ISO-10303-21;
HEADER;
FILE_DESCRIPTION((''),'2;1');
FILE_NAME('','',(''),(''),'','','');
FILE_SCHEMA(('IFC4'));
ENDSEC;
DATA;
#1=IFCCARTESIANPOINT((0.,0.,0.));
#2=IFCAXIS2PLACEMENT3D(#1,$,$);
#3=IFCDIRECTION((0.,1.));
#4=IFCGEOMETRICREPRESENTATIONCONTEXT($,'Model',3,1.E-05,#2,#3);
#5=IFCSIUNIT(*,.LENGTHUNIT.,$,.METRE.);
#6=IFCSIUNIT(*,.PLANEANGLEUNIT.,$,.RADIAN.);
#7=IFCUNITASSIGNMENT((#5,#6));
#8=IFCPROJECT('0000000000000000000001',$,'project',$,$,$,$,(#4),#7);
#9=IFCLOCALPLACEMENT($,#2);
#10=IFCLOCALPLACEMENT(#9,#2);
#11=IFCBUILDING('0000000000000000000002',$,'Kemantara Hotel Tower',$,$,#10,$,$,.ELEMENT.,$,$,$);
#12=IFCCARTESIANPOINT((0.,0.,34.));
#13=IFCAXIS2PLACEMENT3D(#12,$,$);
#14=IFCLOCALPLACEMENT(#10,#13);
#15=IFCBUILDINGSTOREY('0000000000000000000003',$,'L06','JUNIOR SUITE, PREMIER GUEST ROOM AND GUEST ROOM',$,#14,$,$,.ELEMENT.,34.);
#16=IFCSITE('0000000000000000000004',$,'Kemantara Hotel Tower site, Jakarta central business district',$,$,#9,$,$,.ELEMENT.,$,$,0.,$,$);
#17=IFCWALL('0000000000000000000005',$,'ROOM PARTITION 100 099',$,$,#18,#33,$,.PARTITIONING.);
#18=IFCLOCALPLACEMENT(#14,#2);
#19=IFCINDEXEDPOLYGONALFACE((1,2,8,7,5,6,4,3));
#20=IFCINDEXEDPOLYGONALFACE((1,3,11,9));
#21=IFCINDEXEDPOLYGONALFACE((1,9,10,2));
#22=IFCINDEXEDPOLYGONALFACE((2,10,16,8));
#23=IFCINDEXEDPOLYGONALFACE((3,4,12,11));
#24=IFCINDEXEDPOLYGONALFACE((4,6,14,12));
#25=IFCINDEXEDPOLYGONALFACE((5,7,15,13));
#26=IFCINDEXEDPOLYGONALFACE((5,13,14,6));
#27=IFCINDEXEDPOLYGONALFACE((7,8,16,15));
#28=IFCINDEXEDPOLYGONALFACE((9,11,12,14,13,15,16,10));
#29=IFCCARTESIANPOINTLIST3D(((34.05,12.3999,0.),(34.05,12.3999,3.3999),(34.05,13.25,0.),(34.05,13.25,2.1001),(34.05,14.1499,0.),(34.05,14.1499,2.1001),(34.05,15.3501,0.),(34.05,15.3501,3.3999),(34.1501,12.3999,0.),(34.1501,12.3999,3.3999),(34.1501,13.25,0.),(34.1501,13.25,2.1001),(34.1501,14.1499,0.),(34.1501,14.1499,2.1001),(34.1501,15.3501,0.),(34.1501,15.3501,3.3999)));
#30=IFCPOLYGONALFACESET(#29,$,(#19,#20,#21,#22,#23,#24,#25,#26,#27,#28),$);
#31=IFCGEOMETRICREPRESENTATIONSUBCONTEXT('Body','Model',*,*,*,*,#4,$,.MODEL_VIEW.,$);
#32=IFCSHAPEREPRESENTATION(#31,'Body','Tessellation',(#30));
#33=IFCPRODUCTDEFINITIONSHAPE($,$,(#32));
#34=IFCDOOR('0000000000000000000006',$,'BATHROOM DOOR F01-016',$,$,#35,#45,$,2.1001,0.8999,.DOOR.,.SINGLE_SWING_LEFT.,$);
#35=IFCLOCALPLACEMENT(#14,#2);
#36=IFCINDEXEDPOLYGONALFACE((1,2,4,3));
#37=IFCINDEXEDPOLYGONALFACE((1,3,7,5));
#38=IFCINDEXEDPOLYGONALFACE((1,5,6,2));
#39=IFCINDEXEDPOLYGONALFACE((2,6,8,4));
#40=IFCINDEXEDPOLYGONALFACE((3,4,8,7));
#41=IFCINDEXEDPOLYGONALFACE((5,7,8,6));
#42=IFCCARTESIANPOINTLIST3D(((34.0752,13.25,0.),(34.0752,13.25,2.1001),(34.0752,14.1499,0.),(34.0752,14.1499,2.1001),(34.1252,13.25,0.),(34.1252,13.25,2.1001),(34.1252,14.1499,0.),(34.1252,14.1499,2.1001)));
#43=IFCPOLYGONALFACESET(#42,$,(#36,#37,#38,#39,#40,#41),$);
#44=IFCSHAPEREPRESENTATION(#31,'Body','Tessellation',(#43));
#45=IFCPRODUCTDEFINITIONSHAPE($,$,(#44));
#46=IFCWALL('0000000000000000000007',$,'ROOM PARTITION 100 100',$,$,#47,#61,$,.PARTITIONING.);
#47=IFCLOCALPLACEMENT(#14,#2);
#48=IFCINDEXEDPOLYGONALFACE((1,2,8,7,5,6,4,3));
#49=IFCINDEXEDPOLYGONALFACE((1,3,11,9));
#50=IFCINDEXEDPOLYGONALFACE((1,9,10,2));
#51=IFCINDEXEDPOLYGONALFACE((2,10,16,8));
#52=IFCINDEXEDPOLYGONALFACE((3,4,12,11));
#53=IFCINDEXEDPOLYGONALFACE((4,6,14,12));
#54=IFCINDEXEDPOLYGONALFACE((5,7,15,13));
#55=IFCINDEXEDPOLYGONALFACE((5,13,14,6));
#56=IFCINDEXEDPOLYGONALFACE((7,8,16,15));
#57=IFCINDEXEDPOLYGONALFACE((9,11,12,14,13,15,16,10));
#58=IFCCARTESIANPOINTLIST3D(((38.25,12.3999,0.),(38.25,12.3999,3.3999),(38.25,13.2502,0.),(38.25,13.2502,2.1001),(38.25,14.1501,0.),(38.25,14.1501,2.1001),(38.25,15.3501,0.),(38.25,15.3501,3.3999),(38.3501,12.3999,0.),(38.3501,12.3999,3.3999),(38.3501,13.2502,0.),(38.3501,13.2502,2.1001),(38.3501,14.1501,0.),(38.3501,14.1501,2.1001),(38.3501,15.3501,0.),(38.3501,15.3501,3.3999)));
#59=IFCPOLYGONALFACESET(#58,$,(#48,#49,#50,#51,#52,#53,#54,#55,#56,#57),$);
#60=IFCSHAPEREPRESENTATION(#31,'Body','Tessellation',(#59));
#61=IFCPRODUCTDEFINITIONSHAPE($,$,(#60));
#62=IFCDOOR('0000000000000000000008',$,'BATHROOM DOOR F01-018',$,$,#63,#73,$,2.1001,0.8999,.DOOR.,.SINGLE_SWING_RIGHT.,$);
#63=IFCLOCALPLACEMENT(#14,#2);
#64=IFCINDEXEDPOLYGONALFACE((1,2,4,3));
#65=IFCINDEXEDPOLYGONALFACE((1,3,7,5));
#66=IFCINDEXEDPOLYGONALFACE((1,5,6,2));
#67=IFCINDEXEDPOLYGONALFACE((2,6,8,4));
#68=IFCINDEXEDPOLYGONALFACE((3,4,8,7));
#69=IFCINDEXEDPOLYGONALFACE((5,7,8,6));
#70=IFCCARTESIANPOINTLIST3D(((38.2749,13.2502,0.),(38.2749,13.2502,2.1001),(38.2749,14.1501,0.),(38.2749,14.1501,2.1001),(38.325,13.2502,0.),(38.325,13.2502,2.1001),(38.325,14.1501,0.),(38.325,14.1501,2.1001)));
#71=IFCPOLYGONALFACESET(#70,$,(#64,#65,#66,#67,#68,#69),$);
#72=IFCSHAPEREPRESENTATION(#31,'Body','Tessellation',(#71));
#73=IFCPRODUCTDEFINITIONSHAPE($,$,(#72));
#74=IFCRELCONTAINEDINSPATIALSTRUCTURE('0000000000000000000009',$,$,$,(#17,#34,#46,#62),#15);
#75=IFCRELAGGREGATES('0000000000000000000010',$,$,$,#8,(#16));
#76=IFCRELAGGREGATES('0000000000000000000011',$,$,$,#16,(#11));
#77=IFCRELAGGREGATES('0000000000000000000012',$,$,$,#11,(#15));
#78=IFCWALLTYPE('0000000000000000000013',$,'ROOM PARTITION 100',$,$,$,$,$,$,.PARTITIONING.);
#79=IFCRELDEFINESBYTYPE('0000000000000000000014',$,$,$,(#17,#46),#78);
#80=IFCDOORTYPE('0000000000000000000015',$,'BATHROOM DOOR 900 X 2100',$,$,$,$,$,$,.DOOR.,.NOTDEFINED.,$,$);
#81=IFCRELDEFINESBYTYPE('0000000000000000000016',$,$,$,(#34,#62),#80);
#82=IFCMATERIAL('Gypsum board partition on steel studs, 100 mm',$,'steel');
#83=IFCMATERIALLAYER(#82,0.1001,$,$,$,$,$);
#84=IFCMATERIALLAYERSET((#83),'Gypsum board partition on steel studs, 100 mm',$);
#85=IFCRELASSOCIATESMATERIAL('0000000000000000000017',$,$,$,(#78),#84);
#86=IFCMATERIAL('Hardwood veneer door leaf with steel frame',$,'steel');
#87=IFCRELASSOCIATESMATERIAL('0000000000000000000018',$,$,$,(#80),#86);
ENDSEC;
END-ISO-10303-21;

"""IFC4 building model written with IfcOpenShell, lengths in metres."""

from ifc_helpers import new_model, si_unit, direction, frame, frame_2d, origin, place, context, subcontext, project, spatial, rectangle, extrude, material, layer, layer_set, type_object, element, fill, save


model = new_model("IFC4")

# Units and contexts
model_context = context("Model", 3, precision=1e-05, world=origin(), true_north=direction((0.0, 1.0)))
body_context = subcontext(model_context, "Body", "Model", "MODEL_VIEW")
ifc_project = project(units=[si_unit("LENGTHUNIT", "METRE"), si_unit("PLANEANGLEUNIT", "RADIAN")], contexts=[model_context])

# Site, building, storey
site_placement = place(None, origin())
site = spatial("IfcSite", under=ifc_project, at=site_placement, Name="Kemantara Hotel Tower site, Jakarta central business district", CompositionType="ELEMENT", RefElevation=0.0)
building_placement = place(site_placement, origin())
building = spatial("IfcBuilding", under=site, at=building_placement, Name="Kemantara Hotel Tower", CompositionType="ELEMENT")
storey_placement = place(building_placement, frame((0.0, 0.0, 34.0)))
storey = spatial("IfcBuildingStorey", under=building, at=storey_placement, Name="L06", Description="JUNIOR SUITE, PREMIER GUEST ROOM AND GUEST ROOM", CompositionType="ELEMENT", Elevation=34.0)

# Shared definitions
ifc_material_1 = material(Name="Hardwood veneer door leaf with steel frame", Category="steel")

# Shared definitions
ifc_material_2 = material(Name="Gypsum board partition on steel studs, 100 mm", Category="steel")
ifc_layer_1 = layer(ifc_material_2, 0.1001)
ifc_layer_set_1 = layer_set([ifc_layer_1], Name="Gypsum board partition on steel studs, 100 mm")
wall_type_1 = type_object("IfcWallType", Name="ROOM PARTITION 100", PredefinedType="PARTITIONING", material=ifc_layer_set_1)
door_type_1 = type_object("IfcDoorType", Name="BATHROOM DOOR 900 X 2100", OperationType="NOTDEFINED", PredefinedType="DOOR", material=ifc_material_1)

# Walls, openings, doors
wall_1_placement = place(storey_placement, frame((34.1001, 12.3999, 0.0), z_axis=(0.0, 0.0, 1.0), x_axis=(0.0, 1.0, 0.0)))
wall_1 = element("IfcWall", 1, at=wall_1_placement, inside=storey, type_object=wall_type_1, Name="ROOM PARTITION 100 099", PredefinedType="PARTITIONING", context=body_context, shape_type="SweptSolid", body=[
    extrude(rectangle(XDim=2.9502, YDim=0.1001, at=frame_2d((1.4751, 0.0))), origin(), (0.0, 0.0, 1.0), 3.3999),
])
opening_1_placement = place(wall_1_placement, frame((0.8501, 0.0, 0.0)))
opening_1 = element("IfcOpeningElement", 2, at=opening_1_placement, cuts=wall_1, PredefinedType="OPENING", context=body_context, shape_type="SweptSolid", body=[
    extrude(rectangle(XDim=0.8999, YDim=2.1001, at=frame_2d((0.45, 1.05))), frame((0.0, 0.0601, 0.0), z_axis=(0.0, -1.0, 0.0), x_axis=(1.0, 0.0, 0.0)), (0.0, 0.0, 1.0), 0.1201),
])
door_1_placement = place(opening_1_placement, origin())
door_1 = element("IfcDoor", 3, at=door_1_placement, inside=storey, type_object=door_type_1, Name="BATHROOM DOOR F01-016", OperationType="SINGLE_SWING_LEFT", OverallHeight=2.1001, OverallWidth=0.8999, PredefinedType="DOOR", context=body_context, shape_type="SweptSolid", body=[
    extrude(rectangle(XDim=0.8999, YDim=2.1001, at=frame_2d((0.45, 1.05))), frame((0.0, 0.0249, 0.0), z_axis=(0.0, -1.0, 0.0), x_axis=(1.0, 0.0, 0.0)), (0.0, 0.0, 1.0), 0.05),
])
fill(opening_1, door_1)
wall_2_placement = place(storey_placement, frame((38.3, 15.3501, 0.0), z_axis=(0.0, 0.0, 1.0), x_axis=(0.0, -1.0, 0.0)))
wall_2 = element("IfcWall", 4, at=wall_2_placement, inside=storey, type_object=wall_type_1, Name="ROOM PARTITION 100 100", PredefinedType="PARTITIONING", context=body_context, shape_type="SweptSolid", body=[
    extrude(rectangle(XDim=2.9502, YDim=0.1001, at=frame_2d((1.4751, 0.0))), origin(), (0.0, 0.0, 1.0), 3.3999),
])
opening_2_placement = place(wall_2_placement, frame((1.2, 0.0, 0.0)))
opening_2 = element("IfcOpeningElement", 5, at=opening_2_placement, cuts=wall_2, PredefinedType="OPENING", context=body_context, shape_type="SweptSolid", body=[
    extrude(rectangle(XDim=0.8999, YDim=2.1001, at=frame_2d((0.45, 1.05))), frame((0.0, 0.0601, 0.0), z_axis=(0.0, -1.0, 0.0), x_axis=(1.0, 0.0, 0.0)), (0.0, 0.0, 1.0), 0.1201),
])
door_2_placement = place(opening_2_placement, origin())
door_2 = element("IfcDoor", 6, at=door_2_placement, inside=storey, type_object=door_type_1, Name="BATHROOM DOOR F01-018", OperationType="SINGLE_SWING_RIGHT", OverallHeight=2.1001, OverallWidth=0.8999, PredefinedType="DOOR", context=body_context, shape_type="SweptSolid", body=[
    extrude(rectangle(XDim=0.8999, YDim=2.1001, at=frame_2d((0.45, 1.05))), frame((0.0, 0.0249, 0.0), z_axis=(0.0, -1.0, 0.0), x_axis=(1.0, 0.0, 0.0)), (0.0, 0.0, 1.0), 0.05),
])
fill(opening_2, door_2)

save(model, "model.ifc")
